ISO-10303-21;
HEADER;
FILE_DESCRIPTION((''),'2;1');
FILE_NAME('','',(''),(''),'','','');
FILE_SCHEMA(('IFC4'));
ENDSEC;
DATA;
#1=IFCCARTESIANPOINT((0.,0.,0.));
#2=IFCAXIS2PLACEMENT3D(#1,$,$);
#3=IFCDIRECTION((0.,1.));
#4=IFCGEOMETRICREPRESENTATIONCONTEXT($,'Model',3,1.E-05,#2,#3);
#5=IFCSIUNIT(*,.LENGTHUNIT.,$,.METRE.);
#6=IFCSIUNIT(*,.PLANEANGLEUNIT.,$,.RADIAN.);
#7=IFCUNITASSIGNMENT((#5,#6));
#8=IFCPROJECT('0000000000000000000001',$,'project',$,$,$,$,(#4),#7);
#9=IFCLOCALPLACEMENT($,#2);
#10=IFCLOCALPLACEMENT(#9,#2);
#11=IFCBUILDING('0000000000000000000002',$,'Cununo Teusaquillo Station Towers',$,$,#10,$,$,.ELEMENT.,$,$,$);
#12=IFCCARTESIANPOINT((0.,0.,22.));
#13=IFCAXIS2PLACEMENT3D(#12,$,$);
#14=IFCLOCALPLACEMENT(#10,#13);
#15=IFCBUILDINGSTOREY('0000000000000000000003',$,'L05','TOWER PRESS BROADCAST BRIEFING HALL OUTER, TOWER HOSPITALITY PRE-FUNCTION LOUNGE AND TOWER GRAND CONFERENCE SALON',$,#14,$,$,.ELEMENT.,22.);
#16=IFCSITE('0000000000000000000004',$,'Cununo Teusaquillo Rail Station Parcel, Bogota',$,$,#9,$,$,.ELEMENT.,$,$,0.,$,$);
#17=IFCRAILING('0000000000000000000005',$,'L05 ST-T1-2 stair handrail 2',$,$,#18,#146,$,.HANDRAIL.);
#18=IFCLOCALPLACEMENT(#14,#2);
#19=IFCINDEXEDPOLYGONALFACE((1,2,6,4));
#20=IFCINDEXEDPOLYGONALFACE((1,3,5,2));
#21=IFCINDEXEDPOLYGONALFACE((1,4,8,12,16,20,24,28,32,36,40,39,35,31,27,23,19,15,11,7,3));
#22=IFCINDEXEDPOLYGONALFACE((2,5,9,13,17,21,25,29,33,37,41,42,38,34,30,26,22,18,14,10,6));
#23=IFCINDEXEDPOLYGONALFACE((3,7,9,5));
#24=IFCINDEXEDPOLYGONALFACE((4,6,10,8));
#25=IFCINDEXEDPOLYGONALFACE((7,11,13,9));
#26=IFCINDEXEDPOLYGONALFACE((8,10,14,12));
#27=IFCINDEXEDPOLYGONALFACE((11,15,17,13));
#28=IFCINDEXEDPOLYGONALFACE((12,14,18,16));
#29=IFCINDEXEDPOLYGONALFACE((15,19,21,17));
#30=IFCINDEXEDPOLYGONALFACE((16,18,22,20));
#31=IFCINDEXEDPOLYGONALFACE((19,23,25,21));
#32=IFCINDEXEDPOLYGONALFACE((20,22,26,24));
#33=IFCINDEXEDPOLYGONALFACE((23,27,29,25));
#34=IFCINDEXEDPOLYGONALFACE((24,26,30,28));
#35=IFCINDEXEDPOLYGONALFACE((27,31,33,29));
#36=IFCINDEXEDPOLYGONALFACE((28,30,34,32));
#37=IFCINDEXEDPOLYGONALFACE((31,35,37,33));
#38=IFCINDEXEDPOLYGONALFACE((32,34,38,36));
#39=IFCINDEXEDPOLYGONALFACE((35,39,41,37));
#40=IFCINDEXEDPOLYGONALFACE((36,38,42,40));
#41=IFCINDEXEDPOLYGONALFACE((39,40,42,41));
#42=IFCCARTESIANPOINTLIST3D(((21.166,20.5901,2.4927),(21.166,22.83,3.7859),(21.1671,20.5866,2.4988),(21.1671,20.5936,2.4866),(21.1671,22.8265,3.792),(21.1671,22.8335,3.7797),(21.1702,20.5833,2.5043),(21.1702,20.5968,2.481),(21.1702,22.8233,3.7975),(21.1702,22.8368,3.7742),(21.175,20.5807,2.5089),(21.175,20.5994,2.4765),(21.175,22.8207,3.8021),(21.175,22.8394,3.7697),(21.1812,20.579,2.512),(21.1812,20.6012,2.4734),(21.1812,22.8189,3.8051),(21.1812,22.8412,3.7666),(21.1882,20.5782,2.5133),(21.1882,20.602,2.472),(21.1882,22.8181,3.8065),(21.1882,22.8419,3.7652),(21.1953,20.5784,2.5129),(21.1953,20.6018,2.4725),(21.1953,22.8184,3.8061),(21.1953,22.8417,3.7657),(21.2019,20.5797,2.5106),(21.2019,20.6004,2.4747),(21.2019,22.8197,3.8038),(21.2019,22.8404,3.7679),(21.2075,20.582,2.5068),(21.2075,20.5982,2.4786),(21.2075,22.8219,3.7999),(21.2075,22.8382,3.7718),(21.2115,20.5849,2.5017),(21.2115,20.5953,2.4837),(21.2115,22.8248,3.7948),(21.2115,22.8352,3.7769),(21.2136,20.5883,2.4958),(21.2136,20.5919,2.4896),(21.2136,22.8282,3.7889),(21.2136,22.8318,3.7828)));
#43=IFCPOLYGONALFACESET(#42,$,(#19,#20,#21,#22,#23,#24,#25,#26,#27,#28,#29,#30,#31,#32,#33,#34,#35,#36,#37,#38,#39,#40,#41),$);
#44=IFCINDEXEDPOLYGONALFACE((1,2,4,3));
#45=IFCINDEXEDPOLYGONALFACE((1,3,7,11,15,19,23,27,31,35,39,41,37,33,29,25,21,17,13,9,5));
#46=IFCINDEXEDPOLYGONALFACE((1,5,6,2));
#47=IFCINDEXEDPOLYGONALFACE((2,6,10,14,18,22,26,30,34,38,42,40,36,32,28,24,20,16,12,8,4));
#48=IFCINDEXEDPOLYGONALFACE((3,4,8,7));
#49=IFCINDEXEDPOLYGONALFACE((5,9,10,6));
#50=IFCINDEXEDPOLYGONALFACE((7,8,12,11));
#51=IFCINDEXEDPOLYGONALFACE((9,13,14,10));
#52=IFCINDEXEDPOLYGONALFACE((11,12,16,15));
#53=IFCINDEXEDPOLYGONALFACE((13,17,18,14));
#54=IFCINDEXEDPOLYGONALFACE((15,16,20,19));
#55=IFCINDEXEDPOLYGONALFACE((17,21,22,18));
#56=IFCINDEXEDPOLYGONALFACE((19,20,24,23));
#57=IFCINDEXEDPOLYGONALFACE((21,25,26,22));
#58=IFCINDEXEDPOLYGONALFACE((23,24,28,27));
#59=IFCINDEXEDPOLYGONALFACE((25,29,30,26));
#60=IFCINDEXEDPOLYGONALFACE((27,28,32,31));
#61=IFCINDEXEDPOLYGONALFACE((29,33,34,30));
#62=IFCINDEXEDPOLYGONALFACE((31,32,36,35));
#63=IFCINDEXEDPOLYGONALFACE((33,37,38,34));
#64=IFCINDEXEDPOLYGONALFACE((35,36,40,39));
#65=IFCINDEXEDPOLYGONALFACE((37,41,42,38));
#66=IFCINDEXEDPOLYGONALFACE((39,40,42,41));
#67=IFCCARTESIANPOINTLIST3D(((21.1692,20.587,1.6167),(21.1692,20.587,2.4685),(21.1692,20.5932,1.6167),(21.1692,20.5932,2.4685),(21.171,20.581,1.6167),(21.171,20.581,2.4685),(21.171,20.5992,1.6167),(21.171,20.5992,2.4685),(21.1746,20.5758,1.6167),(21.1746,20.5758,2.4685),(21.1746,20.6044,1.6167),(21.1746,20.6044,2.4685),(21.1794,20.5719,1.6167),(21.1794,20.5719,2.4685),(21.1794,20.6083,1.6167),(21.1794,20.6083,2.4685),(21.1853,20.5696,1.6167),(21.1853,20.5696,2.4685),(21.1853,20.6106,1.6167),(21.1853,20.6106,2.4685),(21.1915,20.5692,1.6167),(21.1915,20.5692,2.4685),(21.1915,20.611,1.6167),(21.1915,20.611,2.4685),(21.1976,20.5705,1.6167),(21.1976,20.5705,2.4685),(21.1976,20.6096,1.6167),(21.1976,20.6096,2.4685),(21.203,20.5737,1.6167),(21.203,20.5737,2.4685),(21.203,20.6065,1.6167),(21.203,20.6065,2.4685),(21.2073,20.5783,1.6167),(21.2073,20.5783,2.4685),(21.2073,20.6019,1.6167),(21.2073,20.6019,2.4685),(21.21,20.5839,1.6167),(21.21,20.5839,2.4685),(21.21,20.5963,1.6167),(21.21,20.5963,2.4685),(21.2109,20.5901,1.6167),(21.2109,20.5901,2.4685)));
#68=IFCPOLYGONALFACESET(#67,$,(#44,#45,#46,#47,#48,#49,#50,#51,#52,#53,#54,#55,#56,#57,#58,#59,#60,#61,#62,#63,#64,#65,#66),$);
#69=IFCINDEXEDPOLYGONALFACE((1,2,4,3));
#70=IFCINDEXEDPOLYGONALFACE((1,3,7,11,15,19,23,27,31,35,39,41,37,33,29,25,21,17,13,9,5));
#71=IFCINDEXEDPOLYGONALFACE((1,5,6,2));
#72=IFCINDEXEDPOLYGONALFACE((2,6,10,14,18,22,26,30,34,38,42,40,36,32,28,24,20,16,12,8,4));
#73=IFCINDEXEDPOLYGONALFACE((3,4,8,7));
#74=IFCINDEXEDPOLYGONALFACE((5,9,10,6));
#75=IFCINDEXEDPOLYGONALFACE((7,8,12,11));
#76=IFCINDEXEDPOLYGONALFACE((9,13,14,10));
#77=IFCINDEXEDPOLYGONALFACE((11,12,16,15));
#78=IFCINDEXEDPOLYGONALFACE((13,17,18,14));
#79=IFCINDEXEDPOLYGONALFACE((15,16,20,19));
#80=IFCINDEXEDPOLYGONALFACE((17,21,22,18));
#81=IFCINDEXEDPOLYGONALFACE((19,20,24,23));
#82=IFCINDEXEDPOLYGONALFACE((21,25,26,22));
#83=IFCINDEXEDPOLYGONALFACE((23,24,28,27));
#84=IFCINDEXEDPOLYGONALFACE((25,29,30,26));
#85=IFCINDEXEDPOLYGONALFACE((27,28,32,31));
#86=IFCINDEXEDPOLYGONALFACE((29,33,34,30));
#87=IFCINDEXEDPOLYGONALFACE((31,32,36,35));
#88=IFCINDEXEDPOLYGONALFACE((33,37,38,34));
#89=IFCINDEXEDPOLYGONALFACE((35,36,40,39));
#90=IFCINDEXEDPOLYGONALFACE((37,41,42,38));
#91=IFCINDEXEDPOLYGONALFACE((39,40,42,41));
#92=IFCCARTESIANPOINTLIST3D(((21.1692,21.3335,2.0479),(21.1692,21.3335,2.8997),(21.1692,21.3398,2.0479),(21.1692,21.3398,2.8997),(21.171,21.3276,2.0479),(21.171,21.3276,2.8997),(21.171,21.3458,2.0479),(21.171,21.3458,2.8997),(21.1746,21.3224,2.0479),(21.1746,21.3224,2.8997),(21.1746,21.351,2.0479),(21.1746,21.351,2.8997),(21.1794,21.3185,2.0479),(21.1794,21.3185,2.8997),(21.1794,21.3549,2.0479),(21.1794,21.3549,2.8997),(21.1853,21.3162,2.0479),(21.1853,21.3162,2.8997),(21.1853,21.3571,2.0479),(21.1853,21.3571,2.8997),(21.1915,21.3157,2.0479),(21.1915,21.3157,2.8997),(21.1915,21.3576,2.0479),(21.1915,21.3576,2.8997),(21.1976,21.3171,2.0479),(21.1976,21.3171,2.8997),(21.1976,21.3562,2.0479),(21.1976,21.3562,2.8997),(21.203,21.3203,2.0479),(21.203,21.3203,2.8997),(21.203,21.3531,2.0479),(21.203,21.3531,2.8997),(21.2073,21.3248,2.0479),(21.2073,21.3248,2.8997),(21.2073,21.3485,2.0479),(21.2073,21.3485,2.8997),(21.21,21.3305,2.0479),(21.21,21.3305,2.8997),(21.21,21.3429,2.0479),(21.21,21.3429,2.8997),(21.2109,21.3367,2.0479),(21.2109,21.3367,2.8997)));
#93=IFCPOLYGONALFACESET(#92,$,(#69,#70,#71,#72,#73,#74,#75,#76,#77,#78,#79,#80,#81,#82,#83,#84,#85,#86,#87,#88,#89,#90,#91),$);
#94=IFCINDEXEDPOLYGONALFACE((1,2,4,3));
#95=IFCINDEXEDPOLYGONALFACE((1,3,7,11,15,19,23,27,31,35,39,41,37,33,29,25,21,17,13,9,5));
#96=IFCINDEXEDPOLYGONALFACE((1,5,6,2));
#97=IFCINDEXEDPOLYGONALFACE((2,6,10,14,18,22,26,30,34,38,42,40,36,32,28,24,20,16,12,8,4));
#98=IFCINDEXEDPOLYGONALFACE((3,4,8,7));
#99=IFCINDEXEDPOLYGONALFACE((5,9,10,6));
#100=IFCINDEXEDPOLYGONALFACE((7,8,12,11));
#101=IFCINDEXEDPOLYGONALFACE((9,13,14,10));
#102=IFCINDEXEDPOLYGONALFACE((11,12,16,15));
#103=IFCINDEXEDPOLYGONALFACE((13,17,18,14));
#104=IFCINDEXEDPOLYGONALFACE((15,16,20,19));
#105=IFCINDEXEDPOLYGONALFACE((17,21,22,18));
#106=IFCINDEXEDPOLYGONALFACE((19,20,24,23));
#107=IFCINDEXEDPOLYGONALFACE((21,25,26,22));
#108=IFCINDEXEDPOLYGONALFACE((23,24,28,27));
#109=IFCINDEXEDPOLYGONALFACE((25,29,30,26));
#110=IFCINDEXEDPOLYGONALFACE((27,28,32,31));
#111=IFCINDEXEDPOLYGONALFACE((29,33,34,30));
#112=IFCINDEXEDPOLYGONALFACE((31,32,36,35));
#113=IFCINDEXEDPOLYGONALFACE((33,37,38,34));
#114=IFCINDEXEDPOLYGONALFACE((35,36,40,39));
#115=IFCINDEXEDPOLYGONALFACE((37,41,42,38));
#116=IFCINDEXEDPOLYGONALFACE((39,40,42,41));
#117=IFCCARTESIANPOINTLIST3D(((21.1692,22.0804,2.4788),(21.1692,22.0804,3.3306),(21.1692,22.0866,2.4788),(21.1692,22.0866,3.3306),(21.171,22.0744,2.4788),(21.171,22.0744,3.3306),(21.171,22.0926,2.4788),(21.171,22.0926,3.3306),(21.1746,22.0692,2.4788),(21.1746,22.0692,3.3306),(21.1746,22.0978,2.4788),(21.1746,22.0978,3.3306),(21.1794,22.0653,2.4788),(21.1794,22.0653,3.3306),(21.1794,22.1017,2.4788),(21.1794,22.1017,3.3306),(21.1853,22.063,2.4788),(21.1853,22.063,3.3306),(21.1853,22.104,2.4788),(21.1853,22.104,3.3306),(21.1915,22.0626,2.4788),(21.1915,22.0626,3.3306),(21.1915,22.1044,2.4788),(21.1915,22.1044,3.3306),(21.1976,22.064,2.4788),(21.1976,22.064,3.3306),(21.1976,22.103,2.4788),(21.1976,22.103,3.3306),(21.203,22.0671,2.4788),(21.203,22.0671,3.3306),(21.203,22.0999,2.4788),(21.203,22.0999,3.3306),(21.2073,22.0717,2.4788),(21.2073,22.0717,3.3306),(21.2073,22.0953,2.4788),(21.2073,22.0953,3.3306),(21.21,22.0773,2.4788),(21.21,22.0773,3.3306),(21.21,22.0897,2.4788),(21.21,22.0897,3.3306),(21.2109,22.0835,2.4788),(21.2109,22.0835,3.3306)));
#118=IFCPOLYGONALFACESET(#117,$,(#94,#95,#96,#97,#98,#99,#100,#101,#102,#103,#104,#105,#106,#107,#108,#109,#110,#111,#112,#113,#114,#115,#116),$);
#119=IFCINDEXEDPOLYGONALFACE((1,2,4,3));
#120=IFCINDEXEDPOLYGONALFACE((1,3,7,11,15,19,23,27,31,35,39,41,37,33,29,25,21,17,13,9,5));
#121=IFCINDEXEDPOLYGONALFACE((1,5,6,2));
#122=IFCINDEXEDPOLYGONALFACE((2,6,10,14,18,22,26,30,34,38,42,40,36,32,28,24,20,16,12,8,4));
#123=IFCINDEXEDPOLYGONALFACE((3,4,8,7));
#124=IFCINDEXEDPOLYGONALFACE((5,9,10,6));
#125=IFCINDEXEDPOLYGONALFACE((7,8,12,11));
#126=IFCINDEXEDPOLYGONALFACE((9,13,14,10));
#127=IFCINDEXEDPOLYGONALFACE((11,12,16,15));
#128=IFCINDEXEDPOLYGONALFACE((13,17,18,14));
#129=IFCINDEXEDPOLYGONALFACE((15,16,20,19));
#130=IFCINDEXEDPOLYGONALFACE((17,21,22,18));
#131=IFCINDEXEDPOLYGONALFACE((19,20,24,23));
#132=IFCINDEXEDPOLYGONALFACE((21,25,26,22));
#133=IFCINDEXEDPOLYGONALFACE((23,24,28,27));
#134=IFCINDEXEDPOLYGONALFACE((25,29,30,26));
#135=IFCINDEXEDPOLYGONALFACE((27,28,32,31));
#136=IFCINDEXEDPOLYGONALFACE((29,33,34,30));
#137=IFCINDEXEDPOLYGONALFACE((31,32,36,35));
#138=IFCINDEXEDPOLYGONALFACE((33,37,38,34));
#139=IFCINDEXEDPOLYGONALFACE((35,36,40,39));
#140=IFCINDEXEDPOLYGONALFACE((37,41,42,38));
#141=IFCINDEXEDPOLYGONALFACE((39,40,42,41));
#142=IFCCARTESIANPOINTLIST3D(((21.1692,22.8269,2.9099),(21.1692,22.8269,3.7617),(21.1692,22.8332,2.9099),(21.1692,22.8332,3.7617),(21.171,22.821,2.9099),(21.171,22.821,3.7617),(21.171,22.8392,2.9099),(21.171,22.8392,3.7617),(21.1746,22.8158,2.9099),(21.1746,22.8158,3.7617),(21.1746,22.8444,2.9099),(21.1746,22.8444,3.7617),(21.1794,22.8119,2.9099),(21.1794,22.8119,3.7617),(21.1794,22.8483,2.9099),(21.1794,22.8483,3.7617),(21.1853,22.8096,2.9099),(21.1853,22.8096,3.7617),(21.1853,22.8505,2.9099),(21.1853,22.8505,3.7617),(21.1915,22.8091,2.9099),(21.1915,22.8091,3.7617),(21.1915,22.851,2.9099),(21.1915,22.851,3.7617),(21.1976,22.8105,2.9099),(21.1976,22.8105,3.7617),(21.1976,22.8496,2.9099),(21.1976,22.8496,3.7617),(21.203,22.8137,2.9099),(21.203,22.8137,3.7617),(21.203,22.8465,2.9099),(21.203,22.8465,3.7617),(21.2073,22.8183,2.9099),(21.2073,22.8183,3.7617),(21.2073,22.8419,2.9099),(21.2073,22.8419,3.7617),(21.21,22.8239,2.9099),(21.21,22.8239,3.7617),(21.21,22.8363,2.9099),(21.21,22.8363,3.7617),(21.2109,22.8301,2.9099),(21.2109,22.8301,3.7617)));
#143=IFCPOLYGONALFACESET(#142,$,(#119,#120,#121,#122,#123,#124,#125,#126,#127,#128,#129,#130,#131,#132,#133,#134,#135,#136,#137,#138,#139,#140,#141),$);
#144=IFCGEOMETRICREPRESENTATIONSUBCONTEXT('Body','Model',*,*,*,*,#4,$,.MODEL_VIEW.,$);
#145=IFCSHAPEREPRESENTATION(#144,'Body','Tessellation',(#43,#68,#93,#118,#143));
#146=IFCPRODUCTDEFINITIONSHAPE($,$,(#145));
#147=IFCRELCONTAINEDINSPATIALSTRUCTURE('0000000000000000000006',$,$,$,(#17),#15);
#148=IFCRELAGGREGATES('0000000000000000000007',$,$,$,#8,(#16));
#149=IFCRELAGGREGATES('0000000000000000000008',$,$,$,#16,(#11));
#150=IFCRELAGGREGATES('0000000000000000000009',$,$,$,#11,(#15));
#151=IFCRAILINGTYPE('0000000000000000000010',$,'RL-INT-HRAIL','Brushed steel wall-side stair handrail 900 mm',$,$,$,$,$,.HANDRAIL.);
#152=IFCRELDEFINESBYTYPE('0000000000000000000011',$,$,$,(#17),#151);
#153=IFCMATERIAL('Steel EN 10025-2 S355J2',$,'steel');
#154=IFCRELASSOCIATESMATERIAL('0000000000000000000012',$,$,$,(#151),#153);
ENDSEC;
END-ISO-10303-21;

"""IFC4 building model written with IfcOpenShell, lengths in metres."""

from ifc_helpers import new_model, si_unit, direction, frame, origin, origin_2d, place, context, subcontext, project, spatial, circle, extrude, material, type_object, element, save


model = new_model("IFC4")

# Units and contexts
model_context = context("Model", 3, precision=1e-05, world=origin(), true_north=direction((0.0, 1.0)))
body_context = subcontext(model_context, "Body", "Model", "MODEL_VIEW")
ifc_project = project(units=[si_unit("LENGTHUNIT", "METRE"), si_unit("PLANEANGLEUNIT", "RADIAN")], contexts=[model_context])

# Site, building, storey
site_placement = place(None, origin())
site = spatial("IfcSite", under=ifc_project, at=site_placement, Name="Cununo Teusaquillo Rail Station Parcel, Bogota", CompositionType="ELEMENT", RefElevation=0.0)
building_placement = place(site_placement, origin())
building = spatial("IfcBuilding", under=site, at=building_placement, Name="Cununo Teusaquillo Station Towers", CompositionType="ELEMENT")
storey_placement = place(building_placement, frame((0.0, 0.0, 22.0)))
storey = spatial("IfcBuildingStorey", under=building, at=storey_placement, Name="L05", Description="TOWER PRESS BROADCAST BRIEFING HALL OUTER, TOWER HOSPITALITY PRE-FUNCTION LOUNGE AND TOWER GRAND CONFERENCE SALON", CompositionType="ELEMENT", Elevation=22.0)

# Railing
ifc_material_1 = material(Name="Steel EN 10025-2 S355J2", Category="steel")
railing_type_1 = type_object("IfcRailingType", Name="RL-INT-HRAIL", Description="Brushed steel wall-side stair handrail 900 mm", PredefinedType="HANDRAIL", material=ifc_material_1)
railing_1_placement = place(storey_placement, frame((21.1899, 20.5901, 1.6167)))
element("IfcRailing", 1, at=railing_1_placement, inside=storey, type_object=railing_type_1, Name="L05 ST-T1-2 stair handrail 2", PredefinedType="HANDRAIL", context=body_context, shape_type="SweptSolid", body=[
    extrude(circle(Radius=0.0239, at=origin_2d()), frame((0.0, 0.0, 0.876), z_axis=(0.0, 0.866033, 0.499987), x_axis=(-1.0, 0.0, 0.0)), (0.0, 0.0, 1.0), 2.5864),
    extrude(circle(Radius=0.021, at=origin_2d()), origin(), (0.0, 0.0, 1.0), 0.8518),
    extrude(circle(Radius=0.021, at=origin_2d()), frame((0.0, 0.7466, 0.4312)), (0.0, 0.0, 1.0), 0.8518),
    extrude(circle(Radius=0.021, at=origin_2d()), frame((0.0, 1.4934, 0.8621)), (0.0, 0.0, 1.0), 0.8518),
    extrude(circle(Radius=0.021, at=origin_2d()), frame((0.0, 2.24, 1.2932)), (0.0, 0.0, 1.0), 0.8518),
])

save(model, "model.ifc")
